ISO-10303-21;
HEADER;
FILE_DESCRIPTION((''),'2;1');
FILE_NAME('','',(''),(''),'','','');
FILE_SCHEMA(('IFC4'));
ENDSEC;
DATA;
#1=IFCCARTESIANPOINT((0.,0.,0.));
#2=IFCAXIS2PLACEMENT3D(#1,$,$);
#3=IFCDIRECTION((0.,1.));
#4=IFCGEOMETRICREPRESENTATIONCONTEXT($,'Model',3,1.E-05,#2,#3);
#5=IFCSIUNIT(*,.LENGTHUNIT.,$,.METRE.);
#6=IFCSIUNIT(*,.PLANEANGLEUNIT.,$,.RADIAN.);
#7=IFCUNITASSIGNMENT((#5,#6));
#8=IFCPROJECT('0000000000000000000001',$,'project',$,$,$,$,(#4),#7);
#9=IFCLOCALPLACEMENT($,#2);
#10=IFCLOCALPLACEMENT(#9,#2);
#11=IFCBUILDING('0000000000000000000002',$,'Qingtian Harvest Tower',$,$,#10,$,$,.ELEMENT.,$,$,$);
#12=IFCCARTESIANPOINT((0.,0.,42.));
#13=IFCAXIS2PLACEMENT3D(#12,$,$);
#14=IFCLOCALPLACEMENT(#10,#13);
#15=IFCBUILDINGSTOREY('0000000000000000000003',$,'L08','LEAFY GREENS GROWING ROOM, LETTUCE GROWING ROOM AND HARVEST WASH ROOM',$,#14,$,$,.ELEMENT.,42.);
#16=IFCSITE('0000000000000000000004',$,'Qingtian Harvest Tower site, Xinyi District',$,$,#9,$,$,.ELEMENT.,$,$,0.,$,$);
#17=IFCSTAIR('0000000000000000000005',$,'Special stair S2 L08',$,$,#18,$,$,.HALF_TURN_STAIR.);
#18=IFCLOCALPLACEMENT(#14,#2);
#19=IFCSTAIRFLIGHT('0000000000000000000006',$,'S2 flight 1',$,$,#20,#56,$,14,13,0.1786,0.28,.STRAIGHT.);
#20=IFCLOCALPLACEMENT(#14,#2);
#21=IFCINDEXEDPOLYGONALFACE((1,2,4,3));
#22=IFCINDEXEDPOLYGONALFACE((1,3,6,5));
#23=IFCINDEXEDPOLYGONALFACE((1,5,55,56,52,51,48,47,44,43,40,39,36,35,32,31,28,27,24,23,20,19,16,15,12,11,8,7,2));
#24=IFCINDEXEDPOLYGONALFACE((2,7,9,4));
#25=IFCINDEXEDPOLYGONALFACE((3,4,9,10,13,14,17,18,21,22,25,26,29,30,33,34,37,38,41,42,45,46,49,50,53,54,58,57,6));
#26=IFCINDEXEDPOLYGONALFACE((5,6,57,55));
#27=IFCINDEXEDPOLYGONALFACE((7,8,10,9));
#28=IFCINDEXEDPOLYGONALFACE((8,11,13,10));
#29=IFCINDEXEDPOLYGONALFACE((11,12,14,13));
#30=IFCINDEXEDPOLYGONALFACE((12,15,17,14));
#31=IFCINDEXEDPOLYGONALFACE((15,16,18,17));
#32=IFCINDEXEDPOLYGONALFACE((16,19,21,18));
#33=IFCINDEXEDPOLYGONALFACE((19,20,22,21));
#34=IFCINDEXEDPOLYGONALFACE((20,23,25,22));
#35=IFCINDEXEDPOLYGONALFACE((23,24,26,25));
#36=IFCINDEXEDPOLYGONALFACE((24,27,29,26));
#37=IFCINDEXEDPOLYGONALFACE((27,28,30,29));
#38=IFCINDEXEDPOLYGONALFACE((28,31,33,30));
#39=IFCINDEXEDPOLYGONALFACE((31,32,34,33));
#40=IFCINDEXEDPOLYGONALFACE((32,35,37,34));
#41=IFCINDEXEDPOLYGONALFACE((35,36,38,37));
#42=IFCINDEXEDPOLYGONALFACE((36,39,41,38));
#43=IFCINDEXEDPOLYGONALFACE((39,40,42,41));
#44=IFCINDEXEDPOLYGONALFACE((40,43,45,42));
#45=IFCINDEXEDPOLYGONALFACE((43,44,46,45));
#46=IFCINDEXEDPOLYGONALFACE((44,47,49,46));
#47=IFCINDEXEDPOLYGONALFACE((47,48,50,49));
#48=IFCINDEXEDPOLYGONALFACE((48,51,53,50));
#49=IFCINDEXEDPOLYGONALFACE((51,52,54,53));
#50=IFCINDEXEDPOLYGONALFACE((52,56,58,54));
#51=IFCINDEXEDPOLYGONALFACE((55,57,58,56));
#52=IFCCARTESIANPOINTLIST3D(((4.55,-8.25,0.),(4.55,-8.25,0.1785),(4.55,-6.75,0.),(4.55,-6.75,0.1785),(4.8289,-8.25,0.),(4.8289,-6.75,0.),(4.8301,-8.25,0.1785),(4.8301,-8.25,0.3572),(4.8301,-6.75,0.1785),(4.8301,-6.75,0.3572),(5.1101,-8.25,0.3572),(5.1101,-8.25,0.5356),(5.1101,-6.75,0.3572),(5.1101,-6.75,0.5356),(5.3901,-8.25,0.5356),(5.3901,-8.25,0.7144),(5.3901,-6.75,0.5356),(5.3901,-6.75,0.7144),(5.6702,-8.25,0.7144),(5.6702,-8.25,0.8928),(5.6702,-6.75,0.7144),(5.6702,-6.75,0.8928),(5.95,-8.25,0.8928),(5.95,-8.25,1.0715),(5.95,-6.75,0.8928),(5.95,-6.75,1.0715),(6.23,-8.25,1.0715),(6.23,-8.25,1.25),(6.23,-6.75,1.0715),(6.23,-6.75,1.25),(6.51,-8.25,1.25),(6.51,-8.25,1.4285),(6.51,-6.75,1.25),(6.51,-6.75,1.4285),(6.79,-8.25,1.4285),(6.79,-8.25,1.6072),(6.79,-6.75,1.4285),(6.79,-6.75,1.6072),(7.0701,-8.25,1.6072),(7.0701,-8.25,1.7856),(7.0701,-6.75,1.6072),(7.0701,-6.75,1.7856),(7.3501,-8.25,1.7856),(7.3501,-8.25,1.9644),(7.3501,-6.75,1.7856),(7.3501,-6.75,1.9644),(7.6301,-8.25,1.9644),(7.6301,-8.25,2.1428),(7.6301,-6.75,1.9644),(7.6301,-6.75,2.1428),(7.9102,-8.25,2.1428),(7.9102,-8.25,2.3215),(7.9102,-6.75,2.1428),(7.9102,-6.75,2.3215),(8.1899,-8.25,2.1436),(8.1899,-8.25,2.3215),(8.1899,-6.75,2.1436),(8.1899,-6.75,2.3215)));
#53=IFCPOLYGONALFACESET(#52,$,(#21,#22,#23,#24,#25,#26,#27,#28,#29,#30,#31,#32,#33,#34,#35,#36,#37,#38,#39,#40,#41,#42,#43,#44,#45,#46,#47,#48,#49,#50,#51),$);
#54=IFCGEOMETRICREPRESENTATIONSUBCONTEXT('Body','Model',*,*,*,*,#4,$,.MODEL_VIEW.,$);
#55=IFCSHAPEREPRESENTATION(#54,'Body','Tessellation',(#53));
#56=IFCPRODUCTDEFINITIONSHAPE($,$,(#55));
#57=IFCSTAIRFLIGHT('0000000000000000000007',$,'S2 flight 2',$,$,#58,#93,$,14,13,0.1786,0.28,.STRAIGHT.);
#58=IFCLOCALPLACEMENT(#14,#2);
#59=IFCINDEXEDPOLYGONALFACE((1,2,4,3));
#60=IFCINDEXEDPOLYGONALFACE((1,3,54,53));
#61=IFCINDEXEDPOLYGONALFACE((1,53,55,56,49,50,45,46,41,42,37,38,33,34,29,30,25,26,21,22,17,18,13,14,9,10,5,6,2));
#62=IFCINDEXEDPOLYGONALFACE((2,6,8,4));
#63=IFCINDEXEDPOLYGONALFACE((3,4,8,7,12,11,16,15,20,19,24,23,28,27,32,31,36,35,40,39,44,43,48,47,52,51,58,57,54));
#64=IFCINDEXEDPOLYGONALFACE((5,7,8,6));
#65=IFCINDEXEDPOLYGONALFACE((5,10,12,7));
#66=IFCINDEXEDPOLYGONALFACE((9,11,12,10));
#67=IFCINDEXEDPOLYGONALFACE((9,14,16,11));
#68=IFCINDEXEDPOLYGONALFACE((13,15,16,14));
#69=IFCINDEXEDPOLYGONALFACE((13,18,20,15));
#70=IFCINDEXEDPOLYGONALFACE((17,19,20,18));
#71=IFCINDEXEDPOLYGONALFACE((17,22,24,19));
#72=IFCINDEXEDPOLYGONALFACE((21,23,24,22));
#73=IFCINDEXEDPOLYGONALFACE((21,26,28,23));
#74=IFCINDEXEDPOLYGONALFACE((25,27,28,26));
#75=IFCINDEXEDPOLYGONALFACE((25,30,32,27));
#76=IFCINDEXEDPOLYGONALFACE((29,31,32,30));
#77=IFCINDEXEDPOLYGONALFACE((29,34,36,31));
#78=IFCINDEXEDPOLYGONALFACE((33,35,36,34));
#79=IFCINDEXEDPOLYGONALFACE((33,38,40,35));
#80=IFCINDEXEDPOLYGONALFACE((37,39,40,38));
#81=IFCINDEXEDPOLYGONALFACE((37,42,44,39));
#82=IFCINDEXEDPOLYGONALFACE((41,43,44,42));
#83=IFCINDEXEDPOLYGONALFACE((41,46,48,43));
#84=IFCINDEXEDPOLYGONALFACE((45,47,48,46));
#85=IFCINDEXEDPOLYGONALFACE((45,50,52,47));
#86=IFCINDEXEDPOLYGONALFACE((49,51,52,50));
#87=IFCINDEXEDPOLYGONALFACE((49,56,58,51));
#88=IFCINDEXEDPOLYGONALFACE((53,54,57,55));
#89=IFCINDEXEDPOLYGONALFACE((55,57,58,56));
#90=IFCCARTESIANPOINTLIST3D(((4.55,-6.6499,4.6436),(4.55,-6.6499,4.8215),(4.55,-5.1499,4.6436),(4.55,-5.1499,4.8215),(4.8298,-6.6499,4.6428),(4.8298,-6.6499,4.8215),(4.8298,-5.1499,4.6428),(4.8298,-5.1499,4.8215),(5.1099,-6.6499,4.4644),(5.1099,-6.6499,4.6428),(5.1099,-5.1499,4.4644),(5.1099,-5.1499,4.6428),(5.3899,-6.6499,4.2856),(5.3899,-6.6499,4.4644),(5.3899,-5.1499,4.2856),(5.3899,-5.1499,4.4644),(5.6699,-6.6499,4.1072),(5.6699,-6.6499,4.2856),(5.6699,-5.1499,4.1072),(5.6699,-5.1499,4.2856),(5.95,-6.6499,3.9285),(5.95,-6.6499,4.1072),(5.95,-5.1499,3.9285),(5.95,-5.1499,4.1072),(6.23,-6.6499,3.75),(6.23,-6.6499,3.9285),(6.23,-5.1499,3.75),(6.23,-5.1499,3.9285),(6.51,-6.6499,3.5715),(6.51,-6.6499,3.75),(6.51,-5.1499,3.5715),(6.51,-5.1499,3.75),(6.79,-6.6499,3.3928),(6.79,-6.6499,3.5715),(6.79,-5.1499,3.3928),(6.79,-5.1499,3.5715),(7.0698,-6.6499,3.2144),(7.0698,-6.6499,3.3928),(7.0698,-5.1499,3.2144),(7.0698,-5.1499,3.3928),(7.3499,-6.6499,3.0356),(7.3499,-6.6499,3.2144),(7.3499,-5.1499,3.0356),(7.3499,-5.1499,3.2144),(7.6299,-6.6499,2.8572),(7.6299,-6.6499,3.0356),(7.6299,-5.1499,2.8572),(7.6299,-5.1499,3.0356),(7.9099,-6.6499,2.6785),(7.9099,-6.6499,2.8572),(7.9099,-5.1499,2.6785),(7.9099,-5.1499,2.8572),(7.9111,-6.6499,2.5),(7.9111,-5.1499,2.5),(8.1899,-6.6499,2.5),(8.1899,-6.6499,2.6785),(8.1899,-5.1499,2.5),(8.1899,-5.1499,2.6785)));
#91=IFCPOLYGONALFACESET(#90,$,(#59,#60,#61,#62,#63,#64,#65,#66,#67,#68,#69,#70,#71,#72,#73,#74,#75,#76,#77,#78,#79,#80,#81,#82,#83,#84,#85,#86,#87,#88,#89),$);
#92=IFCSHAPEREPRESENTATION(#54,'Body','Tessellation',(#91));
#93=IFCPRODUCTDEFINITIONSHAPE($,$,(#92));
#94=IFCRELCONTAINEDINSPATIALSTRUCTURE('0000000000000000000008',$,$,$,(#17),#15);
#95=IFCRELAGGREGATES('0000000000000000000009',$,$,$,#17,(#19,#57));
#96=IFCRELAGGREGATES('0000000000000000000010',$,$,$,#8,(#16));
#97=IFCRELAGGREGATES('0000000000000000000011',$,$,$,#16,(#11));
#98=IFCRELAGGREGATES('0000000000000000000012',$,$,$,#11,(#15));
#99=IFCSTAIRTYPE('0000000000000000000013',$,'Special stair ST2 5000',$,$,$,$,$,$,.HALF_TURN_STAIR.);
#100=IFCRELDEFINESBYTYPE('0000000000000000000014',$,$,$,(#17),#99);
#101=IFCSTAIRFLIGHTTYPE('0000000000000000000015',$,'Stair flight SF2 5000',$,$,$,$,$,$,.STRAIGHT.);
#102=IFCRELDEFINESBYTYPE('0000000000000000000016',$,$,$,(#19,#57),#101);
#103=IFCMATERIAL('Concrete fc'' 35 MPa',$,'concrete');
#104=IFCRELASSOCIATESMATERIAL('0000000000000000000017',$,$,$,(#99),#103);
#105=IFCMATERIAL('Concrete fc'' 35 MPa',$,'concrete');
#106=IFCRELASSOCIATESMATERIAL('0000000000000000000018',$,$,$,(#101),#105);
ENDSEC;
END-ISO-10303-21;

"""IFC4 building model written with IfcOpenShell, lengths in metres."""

from ifc_helpers import new_model, si_unit, direction, frame, origin, place, context, subcontext, project, spatial, polyline, outline, extrude, material, type_object, element, aggregate, save


model = new_model("IFC4")

# Units and contexts
model_context = context("Model", 3, precision=1e-05, world=origin(), true_north=direction((0.0, 1.0)))
body_context = subcontext(model_context, "Body", "Model", "MODEL_VIEW")
ifc_project = project(units=[si_unit("LENGTHUNIT", "METRE"), si_unit("PLANEANGLEUNIT", "RADIAN")], contexts=[model_context])

# Site, building, storey
site_placement = place(None, origin())
site = spatial("IfcSite", under=ifc_project, at=site_placement, Name="Qingtian Harvest Tower site, Xinyi District", CompositionType="ELEMENT", RefElevation=0.0)
building_placement = place(site_placement, origin())
building = spatial("IfcBuilding", under=site, at=building_placement, Name="Qingtian Harvest Tower", CompositionType="ELEMENT")
storey_placement = place(building_placement, frame((0.0, 0.0, 42.0)))
storey = spatial("IfcBuildingStorey", under=building, at=storey_placement, Name="L08", Description="LEAFY GREENS GROWING ROOM, LETTUCE GROWING ROOM AND HARVEST WASH ROOM", CompositionType="ELEMENT", Elevation=42.0)

# Stair, stair flights
ifc_material_1 = material(Name="Concrete fc' 35 MPa", Category="concrete")
stair_type = type_object("IfcStairType", Name="Special stair ST2 5000", PredefinedType="HALF_TURN_STAIR", material=ifc_material_1)
stair_placement = place(storey_placement, origin())
stair = element("IfcStair", 1, at=stair_placement, inside=storey, type_object=stair_type, Name="Special stair S2 L08", PredefinedType="HALF_TURN_STAIR")
ifc_material_2 = material(Name="Concrete fc' 35 MPa", Category="concrete")
stair_flight_type = type_object("IfcStairFlightType", Name="Stair flight SF2 5000", PredefinedType="STRAIGHT", material=ifc_material_2)
stair_flight_1_placement = place(storey_placement, frame((4.55, -7.5, 0.0), z_axis=(0.0, 0.0, 1.0), x_axis=(1.0, 0.0, 0.0)))
stair_flight_1 = element("IfcStairFlight", 2, at=stair_flight_1_placement, type_object=stair_flight_type, Name="S2 flight 1", NumberOfRisers=14, NumberOfTreads=13, PredefinedType="STRAIGHT", RiserHeight=0.1786, TreadLength=0.28, context=body_context, shape_type="SweptSolid", body=[
    extrude(outline(polyline([(0.0, 0.0), (0.0, 0.1785), (0.28, 0.1785), (0.28, 0.3572), (0.5601, 0.3572), (0.5601, 0.5356), (0.8401, 0.5356), (0.8401, 0.7144), (1.1201, 0.7144), (1.1201, 0.8928), (1.3999, 0.8928), (1.3999, 1.0715), (1.6799, 1.0715), (1.6799, 1.25), (1.96, 1.25), (1.96, 1.4285), (2.24, 1.4285), (2.24, 1.6072), (2.52, 1.6072), (2.52, 1.7856), (2.8, 1.7856), (2.8, 1.9644), (3.0801, 1.9644), (3.0801, 2.1428), (3.3601, 2.1428), (3.3601, 2.3215), (3.6399, 2.3215), (3.6399, 2.5), (3.6399, 2.1436), (0.2788, 0.0), (0.0, 0.0)])), frame((0.0, 0.75, 0.0), z_axis=(0.0, -1.0, 0.0), x_axis=(1.0, 0.0, 0.0)), (0.0, 0.0, 1.0), 1.5),
])
stair_flight_2_placement = place(storey_placement, frame((8.1899, -5.8999, 2.5), z_axis=(0.0, 0.0, 1.0), x_axis=(-1.0, 0.0, 0.0)))
stair_flight_2 = element("IfcStairFlight", 3, at=stair_flight_2_placement, type_object=stair_flight_type, Name="S2 flight 2", NumberOfRisers=14, NumberOfTreads=13, PredefinedType="STRAIGHT", RiserHeight=0.1786, TreadLength=0.28, context=body_context, shape_type="SweptSolid", body=[
    extrude(outline(polyline([(0.0, 0.0), (0.0, 0.1785), (0.28, 0.1785), (0.28, 0.3572), (0.5601, 0.3572), (0.5601, 0.5356), (0.8401, 0.5356), (0.8401, 0.7144), (1.1201, 0.7144), (1.1201, 0.8928), (1.3999, 0.8928), (1.3999, 1.0715), (1.6799, 1.0715), (1.6799, 1.25), (1.96, 1.25), (1.96, 1.4285), (2.24, 1.4285), (2.24, 1.6072), (2.52, 1.6072), (2.52, 1.7856), (2.8, 1.7856), (2.8, 1.9644), (3.0801, 1.9644), (3.0801, 2.1428), (3.3601, 2.1428), (3.3601, 2.3215), (3.6399, 2.3215), (3.6399, 2.5), (3.6399, 2.1436), (0.2788, 0.0), (0.0, 0.0)])), frame((0.0, 0.75, 0.0), z_axis=(0.0, -1.0, 0.0), x_axis=(1.0, 0.0, 0.0)), (0.0, 0.0, 1.0), 1.5),
])
aggregate(stair, [stair_flight_1, stair_flight_2])

save(model, "model.ifc")
